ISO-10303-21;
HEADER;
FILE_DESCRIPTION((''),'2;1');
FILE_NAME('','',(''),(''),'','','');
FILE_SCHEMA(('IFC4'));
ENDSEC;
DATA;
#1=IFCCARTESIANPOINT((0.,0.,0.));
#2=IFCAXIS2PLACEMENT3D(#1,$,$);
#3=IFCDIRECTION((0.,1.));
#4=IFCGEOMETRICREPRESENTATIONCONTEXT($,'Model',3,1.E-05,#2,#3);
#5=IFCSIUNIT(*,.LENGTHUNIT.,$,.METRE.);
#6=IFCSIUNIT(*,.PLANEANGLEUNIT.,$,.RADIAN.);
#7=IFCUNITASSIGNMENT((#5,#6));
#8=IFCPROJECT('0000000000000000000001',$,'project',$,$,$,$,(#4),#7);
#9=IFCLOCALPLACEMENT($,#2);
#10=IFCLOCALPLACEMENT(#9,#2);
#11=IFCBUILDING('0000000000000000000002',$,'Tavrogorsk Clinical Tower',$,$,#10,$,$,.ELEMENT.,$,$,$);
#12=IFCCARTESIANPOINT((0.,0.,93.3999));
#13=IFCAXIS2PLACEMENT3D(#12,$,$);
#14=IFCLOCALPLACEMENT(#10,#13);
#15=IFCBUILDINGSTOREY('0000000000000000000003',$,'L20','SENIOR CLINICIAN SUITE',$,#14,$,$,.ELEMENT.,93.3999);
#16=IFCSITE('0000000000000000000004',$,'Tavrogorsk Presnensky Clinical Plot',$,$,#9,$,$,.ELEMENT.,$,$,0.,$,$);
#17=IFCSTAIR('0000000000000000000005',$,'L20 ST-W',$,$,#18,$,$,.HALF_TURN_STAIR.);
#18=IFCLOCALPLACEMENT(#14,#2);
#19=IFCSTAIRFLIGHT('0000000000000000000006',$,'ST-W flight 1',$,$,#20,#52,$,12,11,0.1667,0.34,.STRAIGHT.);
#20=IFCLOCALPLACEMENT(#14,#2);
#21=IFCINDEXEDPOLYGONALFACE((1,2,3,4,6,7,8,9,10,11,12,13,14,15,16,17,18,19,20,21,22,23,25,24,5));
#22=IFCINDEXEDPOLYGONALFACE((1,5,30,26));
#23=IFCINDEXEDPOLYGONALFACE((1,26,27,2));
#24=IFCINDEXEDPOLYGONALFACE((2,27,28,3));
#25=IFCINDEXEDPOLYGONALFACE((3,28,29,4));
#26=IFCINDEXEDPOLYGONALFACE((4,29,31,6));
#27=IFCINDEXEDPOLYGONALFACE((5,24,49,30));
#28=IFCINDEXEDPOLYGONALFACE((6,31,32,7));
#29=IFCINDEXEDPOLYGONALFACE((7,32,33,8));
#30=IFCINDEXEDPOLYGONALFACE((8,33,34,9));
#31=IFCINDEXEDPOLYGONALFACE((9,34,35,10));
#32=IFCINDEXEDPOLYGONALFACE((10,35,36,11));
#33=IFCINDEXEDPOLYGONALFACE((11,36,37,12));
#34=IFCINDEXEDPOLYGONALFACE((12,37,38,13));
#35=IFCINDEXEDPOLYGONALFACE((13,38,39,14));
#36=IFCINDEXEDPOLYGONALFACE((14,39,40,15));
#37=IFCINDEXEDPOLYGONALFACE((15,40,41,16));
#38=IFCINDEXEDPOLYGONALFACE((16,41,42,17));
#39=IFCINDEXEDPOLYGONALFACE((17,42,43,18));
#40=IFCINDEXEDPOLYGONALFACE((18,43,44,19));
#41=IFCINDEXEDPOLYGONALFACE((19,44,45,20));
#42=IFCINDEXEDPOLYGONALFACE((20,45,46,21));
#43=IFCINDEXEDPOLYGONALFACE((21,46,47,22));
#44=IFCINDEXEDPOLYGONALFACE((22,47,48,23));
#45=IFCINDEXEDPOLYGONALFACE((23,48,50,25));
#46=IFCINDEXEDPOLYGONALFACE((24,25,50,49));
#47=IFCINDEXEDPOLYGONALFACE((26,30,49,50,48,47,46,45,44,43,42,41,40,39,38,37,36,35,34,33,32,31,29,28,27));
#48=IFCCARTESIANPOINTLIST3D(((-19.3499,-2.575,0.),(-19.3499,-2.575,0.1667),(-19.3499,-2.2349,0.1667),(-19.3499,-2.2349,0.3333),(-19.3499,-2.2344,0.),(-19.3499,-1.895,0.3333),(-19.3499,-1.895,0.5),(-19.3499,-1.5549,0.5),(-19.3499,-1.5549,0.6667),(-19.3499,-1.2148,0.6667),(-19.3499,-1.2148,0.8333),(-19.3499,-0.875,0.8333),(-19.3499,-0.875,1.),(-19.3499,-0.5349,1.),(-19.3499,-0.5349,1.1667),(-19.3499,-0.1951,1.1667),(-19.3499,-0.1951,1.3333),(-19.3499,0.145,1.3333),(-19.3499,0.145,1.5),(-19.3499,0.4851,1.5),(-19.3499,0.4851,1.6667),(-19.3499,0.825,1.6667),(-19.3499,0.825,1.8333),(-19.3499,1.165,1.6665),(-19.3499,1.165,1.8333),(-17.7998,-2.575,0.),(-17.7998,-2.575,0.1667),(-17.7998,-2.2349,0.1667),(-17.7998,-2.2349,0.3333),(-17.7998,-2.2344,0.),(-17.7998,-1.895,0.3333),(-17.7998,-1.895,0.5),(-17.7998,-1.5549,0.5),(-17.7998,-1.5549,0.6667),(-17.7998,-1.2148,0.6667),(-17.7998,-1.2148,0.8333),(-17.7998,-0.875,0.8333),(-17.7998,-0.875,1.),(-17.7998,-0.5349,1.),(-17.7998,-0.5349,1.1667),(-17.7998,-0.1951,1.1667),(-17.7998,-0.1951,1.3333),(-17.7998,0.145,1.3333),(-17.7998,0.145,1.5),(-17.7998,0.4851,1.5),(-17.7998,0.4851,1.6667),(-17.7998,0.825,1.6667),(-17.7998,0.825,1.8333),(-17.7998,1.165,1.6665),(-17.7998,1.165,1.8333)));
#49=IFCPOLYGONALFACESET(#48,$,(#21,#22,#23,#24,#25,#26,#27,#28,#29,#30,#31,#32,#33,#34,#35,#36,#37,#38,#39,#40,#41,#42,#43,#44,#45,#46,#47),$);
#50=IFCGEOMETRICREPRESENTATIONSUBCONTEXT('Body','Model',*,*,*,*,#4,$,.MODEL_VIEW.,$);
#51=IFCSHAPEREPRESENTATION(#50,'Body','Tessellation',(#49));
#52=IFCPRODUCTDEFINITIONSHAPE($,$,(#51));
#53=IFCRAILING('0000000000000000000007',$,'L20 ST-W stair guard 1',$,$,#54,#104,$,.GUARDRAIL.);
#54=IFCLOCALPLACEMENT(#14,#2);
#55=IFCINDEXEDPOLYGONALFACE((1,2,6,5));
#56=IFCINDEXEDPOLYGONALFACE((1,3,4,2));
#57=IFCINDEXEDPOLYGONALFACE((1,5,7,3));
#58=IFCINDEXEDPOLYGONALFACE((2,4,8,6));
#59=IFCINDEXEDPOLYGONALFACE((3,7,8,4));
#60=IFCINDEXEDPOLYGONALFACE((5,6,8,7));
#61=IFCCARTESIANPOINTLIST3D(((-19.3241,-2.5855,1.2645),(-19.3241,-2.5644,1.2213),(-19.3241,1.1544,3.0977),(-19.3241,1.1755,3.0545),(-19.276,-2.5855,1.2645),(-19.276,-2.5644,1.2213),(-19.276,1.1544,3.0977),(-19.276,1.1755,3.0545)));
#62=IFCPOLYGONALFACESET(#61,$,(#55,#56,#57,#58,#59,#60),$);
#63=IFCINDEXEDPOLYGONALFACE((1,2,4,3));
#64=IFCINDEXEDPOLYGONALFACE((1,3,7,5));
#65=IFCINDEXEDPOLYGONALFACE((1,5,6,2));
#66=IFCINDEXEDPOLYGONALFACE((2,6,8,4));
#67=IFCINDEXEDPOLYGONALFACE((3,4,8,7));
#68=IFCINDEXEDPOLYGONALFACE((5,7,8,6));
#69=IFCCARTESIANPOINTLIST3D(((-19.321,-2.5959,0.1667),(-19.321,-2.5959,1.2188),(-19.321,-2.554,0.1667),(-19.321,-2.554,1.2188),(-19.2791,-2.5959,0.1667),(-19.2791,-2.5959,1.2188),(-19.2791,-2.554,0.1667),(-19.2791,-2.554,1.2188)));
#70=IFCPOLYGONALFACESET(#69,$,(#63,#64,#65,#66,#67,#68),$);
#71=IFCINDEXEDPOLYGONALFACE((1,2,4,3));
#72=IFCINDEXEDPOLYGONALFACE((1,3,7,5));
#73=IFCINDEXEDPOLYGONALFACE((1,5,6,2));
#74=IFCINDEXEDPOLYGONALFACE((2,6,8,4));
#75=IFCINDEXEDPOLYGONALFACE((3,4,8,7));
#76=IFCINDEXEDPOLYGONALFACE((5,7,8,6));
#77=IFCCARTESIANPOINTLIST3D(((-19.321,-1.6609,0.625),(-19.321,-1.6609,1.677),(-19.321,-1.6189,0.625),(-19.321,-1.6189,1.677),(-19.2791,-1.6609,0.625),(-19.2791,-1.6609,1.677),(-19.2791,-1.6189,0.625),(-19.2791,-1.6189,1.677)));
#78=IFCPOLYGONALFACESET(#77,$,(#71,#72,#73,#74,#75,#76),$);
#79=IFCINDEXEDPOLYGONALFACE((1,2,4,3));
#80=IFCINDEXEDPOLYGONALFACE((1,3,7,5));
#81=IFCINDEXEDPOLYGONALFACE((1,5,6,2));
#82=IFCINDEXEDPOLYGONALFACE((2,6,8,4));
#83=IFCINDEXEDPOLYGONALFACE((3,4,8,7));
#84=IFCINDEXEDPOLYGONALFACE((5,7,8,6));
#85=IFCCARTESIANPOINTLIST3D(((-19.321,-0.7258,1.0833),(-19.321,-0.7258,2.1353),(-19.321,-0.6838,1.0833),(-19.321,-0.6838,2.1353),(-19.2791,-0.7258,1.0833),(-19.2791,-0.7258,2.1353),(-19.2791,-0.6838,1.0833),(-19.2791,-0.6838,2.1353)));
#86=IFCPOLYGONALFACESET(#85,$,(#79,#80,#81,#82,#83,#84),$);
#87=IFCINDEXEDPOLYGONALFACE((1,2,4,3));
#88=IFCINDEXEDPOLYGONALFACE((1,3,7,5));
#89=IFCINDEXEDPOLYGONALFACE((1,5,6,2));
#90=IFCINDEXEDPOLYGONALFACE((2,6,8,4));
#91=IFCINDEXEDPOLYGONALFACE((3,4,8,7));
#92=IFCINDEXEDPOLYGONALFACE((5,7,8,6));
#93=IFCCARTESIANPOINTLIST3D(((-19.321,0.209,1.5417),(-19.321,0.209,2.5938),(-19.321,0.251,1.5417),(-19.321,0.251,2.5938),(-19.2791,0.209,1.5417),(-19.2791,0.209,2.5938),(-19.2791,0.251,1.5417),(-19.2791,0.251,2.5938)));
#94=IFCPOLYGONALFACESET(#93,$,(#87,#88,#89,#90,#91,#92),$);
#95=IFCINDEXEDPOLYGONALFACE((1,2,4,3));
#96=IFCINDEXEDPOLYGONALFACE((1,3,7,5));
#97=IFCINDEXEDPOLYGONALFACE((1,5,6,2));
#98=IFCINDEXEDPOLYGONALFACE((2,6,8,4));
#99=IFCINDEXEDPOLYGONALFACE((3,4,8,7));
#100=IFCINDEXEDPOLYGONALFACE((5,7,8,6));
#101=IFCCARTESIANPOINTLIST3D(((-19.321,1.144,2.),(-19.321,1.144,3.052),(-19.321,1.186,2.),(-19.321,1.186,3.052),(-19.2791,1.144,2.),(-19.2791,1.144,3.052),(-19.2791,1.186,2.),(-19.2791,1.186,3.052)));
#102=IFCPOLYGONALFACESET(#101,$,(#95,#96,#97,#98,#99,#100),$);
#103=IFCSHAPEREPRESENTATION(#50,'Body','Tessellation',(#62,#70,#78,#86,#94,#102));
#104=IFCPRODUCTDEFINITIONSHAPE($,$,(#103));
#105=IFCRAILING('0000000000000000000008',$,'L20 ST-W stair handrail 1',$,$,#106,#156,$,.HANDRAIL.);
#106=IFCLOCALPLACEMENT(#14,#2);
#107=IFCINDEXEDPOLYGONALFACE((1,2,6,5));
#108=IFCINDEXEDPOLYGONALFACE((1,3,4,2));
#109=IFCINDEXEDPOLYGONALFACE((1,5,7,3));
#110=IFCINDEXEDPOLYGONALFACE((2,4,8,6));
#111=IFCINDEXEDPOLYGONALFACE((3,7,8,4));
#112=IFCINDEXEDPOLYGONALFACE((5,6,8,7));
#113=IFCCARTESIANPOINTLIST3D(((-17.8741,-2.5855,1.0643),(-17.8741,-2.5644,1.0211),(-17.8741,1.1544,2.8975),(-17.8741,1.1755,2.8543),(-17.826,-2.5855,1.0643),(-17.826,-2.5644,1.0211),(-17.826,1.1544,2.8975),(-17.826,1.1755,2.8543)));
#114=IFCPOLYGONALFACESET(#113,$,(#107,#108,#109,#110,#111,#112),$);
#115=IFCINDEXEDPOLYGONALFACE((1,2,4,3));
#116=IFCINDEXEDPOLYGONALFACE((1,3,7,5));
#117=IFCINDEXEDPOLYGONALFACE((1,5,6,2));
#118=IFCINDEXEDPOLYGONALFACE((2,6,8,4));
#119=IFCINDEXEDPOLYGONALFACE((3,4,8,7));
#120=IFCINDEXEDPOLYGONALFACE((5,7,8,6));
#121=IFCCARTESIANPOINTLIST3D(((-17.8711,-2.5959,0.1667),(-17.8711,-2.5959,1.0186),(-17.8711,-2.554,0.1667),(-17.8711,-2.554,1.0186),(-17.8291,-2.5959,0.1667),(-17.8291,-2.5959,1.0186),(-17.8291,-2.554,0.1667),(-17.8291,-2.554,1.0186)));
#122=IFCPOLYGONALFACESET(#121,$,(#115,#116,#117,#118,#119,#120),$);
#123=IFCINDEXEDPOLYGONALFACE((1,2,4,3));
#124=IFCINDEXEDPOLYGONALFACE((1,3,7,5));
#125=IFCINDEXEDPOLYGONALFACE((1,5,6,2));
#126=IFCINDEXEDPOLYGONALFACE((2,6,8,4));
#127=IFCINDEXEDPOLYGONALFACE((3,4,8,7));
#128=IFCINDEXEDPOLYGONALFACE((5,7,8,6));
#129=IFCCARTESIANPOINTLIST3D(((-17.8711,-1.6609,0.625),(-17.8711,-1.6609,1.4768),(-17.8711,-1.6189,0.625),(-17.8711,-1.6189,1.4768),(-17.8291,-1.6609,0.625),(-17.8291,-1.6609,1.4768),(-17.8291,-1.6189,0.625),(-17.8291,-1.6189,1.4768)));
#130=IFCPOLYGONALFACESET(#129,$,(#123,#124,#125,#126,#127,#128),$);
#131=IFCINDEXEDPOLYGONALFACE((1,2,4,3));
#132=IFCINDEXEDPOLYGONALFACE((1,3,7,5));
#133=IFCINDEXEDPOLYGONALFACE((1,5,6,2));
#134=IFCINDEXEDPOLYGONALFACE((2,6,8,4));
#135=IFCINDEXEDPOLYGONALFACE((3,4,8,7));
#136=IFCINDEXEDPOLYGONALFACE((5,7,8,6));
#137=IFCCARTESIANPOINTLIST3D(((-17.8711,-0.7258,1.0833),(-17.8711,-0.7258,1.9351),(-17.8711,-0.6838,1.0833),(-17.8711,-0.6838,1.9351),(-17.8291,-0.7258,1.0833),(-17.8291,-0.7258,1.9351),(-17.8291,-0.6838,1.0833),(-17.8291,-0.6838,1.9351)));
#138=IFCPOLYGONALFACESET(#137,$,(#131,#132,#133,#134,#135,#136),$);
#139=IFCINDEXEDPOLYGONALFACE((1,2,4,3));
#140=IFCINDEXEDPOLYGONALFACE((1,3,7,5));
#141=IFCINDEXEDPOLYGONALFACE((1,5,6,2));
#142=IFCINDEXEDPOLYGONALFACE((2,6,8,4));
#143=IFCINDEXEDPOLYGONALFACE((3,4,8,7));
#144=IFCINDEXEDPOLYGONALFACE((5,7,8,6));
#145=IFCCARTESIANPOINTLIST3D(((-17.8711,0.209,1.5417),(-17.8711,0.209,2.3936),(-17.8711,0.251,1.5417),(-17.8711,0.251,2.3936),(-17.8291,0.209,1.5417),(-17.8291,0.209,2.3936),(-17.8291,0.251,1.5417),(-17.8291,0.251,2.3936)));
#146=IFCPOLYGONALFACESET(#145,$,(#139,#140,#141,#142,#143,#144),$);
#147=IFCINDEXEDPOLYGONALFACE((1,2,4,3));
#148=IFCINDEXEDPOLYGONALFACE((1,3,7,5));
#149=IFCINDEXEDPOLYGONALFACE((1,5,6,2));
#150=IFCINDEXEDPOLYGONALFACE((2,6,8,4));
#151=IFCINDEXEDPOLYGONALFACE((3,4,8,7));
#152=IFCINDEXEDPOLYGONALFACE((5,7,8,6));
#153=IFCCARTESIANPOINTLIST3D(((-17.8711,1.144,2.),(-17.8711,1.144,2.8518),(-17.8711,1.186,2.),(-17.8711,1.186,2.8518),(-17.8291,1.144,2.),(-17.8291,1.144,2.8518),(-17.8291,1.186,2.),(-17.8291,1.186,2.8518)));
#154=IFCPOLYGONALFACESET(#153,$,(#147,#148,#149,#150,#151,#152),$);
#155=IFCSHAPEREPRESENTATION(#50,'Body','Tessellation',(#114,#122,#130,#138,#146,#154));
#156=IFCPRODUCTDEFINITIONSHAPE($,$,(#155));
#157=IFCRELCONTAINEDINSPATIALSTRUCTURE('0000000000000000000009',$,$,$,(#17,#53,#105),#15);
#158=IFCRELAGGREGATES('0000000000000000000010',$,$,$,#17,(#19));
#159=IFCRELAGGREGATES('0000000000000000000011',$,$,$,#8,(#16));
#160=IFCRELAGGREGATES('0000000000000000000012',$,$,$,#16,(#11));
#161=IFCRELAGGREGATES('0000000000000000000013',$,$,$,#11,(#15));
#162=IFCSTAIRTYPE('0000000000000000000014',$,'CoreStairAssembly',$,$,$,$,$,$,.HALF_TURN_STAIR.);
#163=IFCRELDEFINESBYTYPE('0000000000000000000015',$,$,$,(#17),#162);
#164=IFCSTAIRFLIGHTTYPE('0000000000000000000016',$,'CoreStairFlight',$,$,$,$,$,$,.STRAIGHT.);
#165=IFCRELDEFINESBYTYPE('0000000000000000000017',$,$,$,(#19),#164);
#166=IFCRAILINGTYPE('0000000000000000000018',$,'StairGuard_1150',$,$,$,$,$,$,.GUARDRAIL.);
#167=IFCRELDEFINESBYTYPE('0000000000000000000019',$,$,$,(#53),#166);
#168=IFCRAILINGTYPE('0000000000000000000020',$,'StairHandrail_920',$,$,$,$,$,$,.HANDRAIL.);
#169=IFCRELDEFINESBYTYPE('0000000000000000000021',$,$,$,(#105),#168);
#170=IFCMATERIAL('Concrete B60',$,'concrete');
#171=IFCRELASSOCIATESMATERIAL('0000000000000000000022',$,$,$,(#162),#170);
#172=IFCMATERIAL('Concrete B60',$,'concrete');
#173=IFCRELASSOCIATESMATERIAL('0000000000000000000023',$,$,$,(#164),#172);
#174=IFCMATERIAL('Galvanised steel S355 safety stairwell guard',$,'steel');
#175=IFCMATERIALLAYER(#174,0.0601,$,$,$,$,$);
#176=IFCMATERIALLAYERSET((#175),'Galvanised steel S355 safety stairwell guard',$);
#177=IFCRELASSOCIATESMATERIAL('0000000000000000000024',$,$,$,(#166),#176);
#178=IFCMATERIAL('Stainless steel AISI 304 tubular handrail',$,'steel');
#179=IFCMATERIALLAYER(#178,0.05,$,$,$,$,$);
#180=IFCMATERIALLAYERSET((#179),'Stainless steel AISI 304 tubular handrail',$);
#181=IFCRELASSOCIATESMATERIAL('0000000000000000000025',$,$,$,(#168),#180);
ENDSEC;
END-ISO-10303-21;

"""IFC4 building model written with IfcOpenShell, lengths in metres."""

from ifc_helpers import new_model, si_unit, direction, frame, origin, origin_2d, place, context, subcontext, project, spatial, polyline, rectangle, outline, extrude, material, layer, layer_set, type_object, element, aggregate, save


model = new_model("IFC4")

# Units and contexts
model_context = context("Model", 3, precision=1e-05, world=origin(), true_north=direction((0.0, 1.0)))
body_context = subcontext(model_context, "Body", "Model", "MODEL_VIEW")
ifc_project = project(units=[si_unit("LENGTHUNIT", "METRE"), si_unit("PLANEANGLEUNIT", "RADIAN")], contexts=[model_context])

# Site, building, storey
site_placement = place(None, origin())
site = spatial("IfcSite", under=ifc_project, at=site_placement, Name="Tavrogorsk Presnensky Clinical Plot", CompositionType="ELEMENT", RefElevation=0.0)
building_placement = place(site_placement, origin())
building = spatial("IfcBuilding", under=site, at=building_placement, Name="Tavrogorsk Clinical Tower", CompositionType="ELEMENT")
storey_placement = place(building_placement, frame((0.0, 0.0, 93.3999)))
storey = spatial("IfcBuildingStorey", under=building, at=storey_placement, Name="L20", Description="SENIOR CLINICIAN SUITE", CompositionType="ELEMENT", Elevation=93.3999)

# Stair, stair flight
ifc_material_1 = material(Name="Concrete B60", Category="concrete")
stair_type = type_object("IfcStairType", Name="CoreStairAssembly", PredefinedType="HALF_TURN_STAIR", material=ifc_material_1)
stair_placement = place(storey_placement, origin())
stair = element("IfcStair", 1, at=stair_placement, inside=storey, type_object=stair_type, Name="L20 ST-W", PredefinedType="HALF_TURN_STAIR")
ifc_material_2 = material(Name="Concrete B60", Category="concrete")
stair_flight_type = type_object("IfcStairFlightType", Name="CoreStairFlight", PredefinedType="STRAIGHT", material=ifc_material_2)
stair_flight_placement = place(storey_placement, frame((-18.575, -2.575, 0.0), z_axis=(0.0, 0.0, 1.0), x_axis=(0.0, 1.0, 0.0)))
stair_flight = element("IfcStairFlight", 2, at=stair_flight_placement, type_object=stair_flight_type, Name="ST-W flight 1", NumberOfRisers=12, NumberOfTreads=11, PredefinedType="STRAIGHT", RiserHeight=0.1667, TreadLength=0.34, context=body_context, shape_type="SweptSolid", body=[
    extrude(outline(polyline([(0.0, 0.0), (0.0, 0.1667), (0.3401, 0.1667), (0.3401, 0.3333), (0.6799, 0.3333), (0.6799, 0.5), (1.02, 0.5), (1.02, 0.6667), (1.3601, 0.6667), (1.3601, 0.8333), (1.7, 0.8333), (1.7, 1.0), (2.04, 1.0), (2.04, 1.1667), (2.3799, 1.1667), (2.3799, 1.3333), (2.72, 1.3333), (2.72, 1.5), (3.0601, 1.5), (3.0601, 1.6667), (3.3999, 1.6667), (3.3999, 1.8333), (3.74, 1.8333), (3.74, 2.0), (3.74, 1.6665), (0.3406, 0.0), (0.0, 0.0)])), frame((0.0, 0.7749, 0.0), z_axis=(0.0, -1.0, 0.0), x_axis=(1.0, 0.0, 0.0)), (0.0, 0.0, 1.0), 1.55),
])
aggregate(stair, [stair_flight])

# Railings
ifc_material_3 = material(Name="Galvanised steel S355 safety stairwell guard", Category="steel")
ifc_layer_1 = layer(ifc_material_3, 0.0601)
ifc_layer_set_1 = layer_set([ifc_layer_1], Name="Galvanised steel S355 safety stairwell guard")
railing_type_1 = type_object("IfcRailingType", Name="StairGuard_1150", PredefinedType="GUARDRAIL", material=ifc_layer_set_1)
railing_1_placement = place(storey_placement, frame((-19.3, -2.575, 0.1667)))
element("IfcRailing", 3, at=railing_1_placement, inside=storey, type_object=railing_type_1, Name="L20 ST-W stair guard 1", PredefinedType="GUARDRAIL", context=body_context, shape_type="SweptSolid", body=[
    extrude(rectangle(XDim=0.0481, YDim=0.0481, at=origin_2d()), frame((0.0, 0.0, 1.0762), z_axis=(0.0, 0.897928, 0.440142), x_axis=(-1.0, 0.0, 0.0)), (0.0, 0.0, 1.0), 4.165),
    extrude(rectangle(XDim=0.042, YDim=0.042, at=origin_2d()), origin(), (0.0, 0.0, 1.0), 1.052),
    extrude(rectangle(XDim=0.042, YDim=0.042, at=origin_2d()), frame((0.0, 0.9351, 0.4583)), (0.0, 0.0, 1.0), 1.052),
    extrude(rectangle(XDim=0.042, YDim=0.042, at=origin_2d()), frame((0.0, 1.8701, 0.9165)), (0.0, 0.0, 1.0), 1.052),
    extrude(rectangle(XDim=0.042, YDim=0.042, at=origin_2d()), frame((0.0, 2.8049, 1.375)), (0.0, 0.0, 1.0), 1.052),
    extrude(rectangle(XDim=0.042, YDim=0.042, at=origin_2d()), frame((0.0, 3.74, 1.8333)), (0.0, 0.0, 1.0), 1.052),
])
ifc_material_4 = material(Name="Stainless steel AISI 304 tubular handrail", Category="steel")
ifc_layer_2 = layer(ifc_material_4, 0.05)
ifc_layer_set_2 = layer_set([ifc_layer_2], Name="Stainless steel AISI 304 tubular handrail")
railing_type_2 = type_object("IfcRailingType", Name="StairHandrail_920", PredefinedType="HANDRAIL", material=ifc_layer_set_2)
railing_2_placement = place(storey_placement, frame((-17.8501, -2.575, 0.1667)))
element("IfcRailing", 4, at=railing_2_placement, inside=storey, type_object=railing_type_2, Name="L20 ST-W stair handrail 1", PredefinedType="HANDRAIL", context=body_context, shape_type="SweptSolid", body=[
    extrude(rectangle(XDim=0.0481, YDim=0.0481, at=origin_2d()), frame((0.0, 0.0, 0.876), z_axis=(0.0, 0.897928, 0.440142), x_axis=(-1.0, 0.0, 0.0)), (0.0, 0.0, 1.0), 4.165),
    extrude(rectangle(XDim=0.042, YDim=0.042, at=origin_2d()), origin(), (0.0, 0.0, 1.0), 0.8518),
    extrude(rectangle(XDim=0.042, YDim=0.042, at=origin_2d()), frame((0.0, 0.9351, 0.4583)), (0.0, 0.0, 1.0), 0.8518),
    extrude(rectangle(XDim=0.042, YDim=0.042, at=origin_2d()), frame((0.0, 1.8701, 0.9165)), (0.0, 0.0, 1.0), 0.8518),
    extrude(rectangle(XDim=0.042, YDim=0.042, at=origin_2d()), frame((0.0, 2.8049, 1.375)), (0.0, 0.0, 1.0), 0.8518),
    extrude(rectangle(XDim=0.042, YDim=0.042, at=origin_2d()), frame((0.0, 3.74, 1.8333)), (0.0, 0.0, 1.0), 0.8518),
])

save(model, "model.ifc")
